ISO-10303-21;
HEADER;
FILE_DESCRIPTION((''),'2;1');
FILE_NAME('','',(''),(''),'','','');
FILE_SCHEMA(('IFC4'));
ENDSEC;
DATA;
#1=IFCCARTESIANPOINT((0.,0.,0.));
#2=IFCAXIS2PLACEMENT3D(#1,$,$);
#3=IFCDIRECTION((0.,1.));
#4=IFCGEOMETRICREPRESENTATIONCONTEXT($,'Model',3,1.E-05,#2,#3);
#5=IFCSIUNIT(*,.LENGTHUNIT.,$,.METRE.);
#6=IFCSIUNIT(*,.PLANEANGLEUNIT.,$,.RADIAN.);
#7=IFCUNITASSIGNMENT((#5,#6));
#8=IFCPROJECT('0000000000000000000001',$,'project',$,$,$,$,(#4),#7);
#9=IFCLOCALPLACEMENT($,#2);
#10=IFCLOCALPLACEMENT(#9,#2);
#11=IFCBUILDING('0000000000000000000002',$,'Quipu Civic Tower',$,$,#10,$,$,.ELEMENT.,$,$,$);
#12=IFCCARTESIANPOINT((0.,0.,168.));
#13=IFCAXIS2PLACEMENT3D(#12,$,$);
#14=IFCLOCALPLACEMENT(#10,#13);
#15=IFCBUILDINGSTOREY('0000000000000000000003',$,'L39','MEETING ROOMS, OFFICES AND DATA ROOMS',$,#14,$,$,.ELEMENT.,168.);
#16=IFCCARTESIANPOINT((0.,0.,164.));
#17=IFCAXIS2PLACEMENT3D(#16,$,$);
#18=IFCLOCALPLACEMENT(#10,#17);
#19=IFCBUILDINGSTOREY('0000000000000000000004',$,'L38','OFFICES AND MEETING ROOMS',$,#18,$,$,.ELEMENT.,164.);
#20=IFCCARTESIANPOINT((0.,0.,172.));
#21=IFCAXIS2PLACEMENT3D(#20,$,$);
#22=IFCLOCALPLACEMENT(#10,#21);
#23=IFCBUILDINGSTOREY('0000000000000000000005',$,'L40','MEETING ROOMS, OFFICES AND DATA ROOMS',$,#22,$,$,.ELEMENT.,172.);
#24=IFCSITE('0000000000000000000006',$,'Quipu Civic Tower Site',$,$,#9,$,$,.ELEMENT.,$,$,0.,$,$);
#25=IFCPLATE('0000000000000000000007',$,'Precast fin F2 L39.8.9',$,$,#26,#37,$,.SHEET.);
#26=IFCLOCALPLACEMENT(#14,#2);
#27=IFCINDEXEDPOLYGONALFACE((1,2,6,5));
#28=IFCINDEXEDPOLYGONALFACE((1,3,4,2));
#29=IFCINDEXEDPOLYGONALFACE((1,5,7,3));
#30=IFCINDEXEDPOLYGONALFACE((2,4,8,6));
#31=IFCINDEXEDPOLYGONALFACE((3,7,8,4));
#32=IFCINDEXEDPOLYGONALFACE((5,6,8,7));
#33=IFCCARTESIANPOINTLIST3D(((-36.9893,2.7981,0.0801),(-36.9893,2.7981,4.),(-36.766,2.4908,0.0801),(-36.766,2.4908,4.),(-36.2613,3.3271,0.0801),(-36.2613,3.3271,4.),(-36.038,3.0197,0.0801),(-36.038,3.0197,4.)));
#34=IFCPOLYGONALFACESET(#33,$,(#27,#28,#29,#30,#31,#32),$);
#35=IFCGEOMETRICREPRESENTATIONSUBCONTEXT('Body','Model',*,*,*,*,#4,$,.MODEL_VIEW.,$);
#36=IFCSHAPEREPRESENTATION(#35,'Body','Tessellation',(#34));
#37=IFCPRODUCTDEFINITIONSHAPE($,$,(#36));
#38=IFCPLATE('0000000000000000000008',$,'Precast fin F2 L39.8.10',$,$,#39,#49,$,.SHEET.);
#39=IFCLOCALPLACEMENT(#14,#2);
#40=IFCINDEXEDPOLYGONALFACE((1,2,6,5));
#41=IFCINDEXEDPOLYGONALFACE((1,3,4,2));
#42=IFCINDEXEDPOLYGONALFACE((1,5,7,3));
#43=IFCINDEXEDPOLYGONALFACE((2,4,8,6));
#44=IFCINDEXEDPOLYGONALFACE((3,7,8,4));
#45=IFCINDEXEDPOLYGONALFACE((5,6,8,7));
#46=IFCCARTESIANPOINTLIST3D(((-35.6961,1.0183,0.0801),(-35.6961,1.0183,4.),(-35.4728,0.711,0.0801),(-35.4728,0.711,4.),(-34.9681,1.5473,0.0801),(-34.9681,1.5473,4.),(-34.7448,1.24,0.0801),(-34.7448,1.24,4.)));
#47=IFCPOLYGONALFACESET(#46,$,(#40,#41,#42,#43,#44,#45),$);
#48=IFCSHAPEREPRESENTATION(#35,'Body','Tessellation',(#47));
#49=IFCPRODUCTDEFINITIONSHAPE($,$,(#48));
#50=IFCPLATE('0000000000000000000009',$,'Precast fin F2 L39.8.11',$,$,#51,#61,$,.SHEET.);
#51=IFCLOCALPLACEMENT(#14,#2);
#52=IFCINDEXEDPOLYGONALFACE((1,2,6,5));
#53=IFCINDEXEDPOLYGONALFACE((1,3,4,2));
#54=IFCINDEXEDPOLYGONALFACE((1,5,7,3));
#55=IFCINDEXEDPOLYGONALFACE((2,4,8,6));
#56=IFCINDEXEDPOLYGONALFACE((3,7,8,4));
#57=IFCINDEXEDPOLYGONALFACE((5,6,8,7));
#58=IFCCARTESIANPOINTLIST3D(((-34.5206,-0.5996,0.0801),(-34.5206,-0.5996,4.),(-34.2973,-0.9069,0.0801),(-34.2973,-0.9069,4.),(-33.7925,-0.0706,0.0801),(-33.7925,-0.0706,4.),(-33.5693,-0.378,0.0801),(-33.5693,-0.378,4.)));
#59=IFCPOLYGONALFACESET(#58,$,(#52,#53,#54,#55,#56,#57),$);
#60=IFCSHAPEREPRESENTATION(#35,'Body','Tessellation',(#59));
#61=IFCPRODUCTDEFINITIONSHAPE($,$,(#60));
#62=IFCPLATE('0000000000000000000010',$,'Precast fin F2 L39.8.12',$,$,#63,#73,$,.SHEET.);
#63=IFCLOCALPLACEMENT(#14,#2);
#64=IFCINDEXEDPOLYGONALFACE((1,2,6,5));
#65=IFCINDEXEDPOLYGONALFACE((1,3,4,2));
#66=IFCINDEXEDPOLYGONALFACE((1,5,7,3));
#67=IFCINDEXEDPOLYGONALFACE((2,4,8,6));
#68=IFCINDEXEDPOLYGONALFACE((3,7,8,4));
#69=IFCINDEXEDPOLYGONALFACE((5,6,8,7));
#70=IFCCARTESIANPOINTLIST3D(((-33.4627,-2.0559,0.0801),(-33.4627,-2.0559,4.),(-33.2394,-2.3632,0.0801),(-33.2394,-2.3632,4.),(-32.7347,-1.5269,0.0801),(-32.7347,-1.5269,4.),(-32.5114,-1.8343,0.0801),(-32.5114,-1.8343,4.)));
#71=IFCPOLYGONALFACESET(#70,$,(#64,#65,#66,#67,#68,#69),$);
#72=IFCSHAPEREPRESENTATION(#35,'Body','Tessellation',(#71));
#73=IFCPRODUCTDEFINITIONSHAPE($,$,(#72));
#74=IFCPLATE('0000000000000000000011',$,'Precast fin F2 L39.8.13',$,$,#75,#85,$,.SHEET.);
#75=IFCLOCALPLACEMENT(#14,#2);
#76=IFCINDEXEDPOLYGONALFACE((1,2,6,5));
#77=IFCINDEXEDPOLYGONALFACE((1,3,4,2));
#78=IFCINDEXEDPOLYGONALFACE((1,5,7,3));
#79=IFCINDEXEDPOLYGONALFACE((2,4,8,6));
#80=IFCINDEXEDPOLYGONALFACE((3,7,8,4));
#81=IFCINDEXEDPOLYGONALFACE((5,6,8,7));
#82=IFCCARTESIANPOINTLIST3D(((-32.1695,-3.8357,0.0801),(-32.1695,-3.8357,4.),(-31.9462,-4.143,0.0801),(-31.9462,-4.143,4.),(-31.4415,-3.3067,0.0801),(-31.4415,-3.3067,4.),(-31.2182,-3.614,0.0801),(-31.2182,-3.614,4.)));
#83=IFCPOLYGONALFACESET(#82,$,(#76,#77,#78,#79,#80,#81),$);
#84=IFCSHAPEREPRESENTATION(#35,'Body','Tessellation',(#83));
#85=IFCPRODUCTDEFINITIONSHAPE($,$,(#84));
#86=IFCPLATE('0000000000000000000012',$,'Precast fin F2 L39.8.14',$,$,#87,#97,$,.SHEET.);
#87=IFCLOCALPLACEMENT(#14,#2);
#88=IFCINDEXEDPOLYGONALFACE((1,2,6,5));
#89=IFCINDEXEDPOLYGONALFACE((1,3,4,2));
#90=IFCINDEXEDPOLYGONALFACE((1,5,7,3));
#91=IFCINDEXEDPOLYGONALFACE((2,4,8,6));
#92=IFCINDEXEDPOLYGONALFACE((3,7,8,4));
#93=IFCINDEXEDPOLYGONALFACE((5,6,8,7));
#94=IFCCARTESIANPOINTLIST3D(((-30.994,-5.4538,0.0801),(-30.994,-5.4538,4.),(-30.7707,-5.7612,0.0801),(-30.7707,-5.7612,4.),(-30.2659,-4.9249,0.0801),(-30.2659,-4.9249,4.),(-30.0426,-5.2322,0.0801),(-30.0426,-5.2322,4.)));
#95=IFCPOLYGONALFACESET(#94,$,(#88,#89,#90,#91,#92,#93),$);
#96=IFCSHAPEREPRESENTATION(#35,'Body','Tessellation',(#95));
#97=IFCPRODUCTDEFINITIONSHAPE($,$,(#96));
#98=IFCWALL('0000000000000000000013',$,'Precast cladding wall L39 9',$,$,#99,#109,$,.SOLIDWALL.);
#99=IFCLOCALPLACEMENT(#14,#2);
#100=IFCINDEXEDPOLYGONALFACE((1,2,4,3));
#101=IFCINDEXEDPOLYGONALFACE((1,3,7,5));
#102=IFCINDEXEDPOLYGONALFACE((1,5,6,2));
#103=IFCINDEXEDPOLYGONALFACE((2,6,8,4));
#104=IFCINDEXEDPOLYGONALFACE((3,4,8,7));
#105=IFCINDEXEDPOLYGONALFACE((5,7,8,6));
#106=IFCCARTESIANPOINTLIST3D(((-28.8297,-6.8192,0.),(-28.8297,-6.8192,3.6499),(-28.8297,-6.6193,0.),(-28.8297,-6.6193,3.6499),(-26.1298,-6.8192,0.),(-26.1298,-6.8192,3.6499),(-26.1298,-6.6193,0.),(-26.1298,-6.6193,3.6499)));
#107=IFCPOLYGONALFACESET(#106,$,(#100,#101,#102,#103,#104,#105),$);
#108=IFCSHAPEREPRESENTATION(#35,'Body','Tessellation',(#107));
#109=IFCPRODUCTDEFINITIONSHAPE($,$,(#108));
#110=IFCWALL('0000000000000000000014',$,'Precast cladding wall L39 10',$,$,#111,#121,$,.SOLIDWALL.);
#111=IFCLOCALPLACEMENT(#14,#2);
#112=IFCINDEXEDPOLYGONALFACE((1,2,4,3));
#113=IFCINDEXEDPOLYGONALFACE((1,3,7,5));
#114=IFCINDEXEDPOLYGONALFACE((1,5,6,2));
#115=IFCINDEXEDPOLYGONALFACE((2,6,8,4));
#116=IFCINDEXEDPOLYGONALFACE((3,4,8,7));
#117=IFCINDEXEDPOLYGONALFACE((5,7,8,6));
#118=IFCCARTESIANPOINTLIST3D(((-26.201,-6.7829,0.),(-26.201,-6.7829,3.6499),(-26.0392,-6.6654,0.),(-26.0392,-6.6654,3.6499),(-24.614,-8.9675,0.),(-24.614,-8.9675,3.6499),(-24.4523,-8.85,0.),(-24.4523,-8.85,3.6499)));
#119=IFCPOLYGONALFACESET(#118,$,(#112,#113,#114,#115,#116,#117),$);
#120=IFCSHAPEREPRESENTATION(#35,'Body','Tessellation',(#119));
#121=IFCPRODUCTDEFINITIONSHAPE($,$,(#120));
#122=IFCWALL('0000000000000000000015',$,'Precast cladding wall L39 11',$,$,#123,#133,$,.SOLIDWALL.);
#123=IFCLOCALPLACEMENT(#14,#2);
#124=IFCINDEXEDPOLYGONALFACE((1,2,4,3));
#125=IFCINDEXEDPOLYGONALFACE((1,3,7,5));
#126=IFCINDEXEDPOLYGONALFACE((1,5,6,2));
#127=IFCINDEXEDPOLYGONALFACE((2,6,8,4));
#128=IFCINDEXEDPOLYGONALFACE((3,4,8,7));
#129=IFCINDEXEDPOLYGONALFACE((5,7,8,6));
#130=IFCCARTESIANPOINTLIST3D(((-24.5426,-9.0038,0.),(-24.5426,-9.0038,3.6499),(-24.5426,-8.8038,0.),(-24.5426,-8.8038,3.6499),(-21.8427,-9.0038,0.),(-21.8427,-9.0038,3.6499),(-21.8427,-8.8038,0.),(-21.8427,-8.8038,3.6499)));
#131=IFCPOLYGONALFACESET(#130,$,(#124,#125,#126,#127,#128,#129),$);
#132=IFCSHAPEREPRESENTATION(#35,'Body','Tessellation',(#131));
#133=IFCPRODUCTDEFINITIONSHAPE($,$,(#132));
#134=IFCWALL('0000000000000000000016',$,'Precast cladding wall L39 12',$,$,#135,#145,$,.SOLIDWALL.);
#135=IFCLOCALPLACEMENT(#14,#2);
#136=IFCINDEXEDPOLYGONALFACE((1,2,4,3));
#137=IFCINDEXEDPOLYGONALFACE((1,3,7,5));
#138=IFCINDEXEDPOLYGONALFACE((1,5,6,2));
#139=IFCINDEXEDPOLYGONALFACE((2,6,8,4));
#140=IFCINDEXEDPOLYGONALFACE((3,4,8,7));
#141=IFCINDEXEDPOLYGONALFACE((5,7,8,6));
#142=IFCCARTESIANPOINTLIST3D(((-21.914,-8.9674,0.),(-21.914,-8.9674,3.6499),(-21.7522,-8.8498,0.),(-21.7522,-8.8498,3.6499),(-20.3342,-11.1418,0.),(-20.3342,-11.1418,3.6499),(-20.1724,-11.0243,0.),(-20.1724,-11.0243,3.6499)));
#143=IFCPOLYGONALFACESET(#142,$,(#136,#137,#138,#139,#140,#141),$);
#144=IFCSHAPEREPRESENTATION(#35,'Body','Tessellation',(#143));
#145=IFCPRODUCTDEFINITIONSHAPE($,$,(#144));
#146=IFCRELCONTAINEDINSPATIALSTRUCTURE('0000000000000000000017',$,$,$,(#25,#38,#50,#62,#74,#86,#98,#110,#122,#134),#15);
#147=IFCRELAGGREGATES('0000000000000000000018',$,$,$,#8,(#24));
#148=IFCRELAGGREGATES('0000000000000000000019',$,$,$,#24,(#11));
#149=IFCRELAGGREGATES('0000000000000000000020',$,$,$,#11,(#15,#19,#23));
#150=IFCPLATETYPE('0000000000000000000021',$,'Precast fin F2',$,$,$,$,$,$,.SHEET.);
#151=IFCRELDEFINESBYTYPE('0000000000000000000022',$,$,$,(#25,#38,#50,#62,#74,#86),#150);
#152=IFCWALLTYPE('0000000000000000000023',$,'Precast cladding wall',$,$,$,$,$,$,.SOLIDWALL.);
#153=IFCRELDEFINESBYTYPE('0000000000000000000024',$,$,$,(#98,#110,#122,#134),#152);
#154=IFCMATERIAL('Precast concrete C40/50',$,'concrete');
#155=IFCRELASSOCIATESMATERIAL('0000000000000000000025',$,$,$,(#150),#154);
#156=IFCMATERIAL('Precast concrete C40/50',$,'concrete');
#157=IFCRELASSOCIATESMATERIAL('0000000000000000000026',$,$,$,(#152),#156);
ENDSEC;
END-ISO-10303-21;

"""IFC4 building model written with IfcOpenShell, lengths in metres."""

from ifc_helpers import new_model, si_unit, direction, frame, frame_2d, origin, origin_2d, place, context, subcontext, project, spatial, rectangle, extrude, material, type_object, element, save


model = new_model("IFC4")

# Units and contexts
model_context = context("Model", 3, precision=1e-05, world=origin(), true_north=direction((0.0, 1.0)))
body_context = subcontext(model_context, "Body", "Model", "MODEL_VIEW")
ifc_project = project(units=[si_unit("LENGTHUNIT", "METRE"), si_unit("PLANEANGLEUNIT", "RADIAN")], contexts=[model_context])

# Site, building, storey
site_placement = place(None, origin())
site = spatial("IfcSite", under=ifc_project, at=site_placement, Name="Quipu Civic Tower Site", CompositionType="ELEMENT", RefElevation=0.0)
building_placement = place(site_placement, origin())
building = spatial("IfcBuilding", under=site, at=building_placement, Name="Quipu Civic Tower", CompositionType="ELEMENT")
storey_1_placement = place(building_placement, frame((0.0, 0.0, 168.0)))
storey_1 = spatial("IfcBuildingStorey", under=building, at=storey_1_placement, Name="L39", Description="MEETING ROOMS, OFFICES AND DATA ROOMS", CompositionType="ELEMENT", Elevation=168.0)

# Shared definitions
storey_2_placement = place(building_placement, frame((0.0, 0.0, 164.0)))
storey_2 = spatial("IfcBuildingStorey", under=building, at=storey_2_placement, Name="L38", Description="OFFICES AND MEETING ROOMS", CompositionType="ELEMENT", Elevation=164.0)

# Shared definitions
storey_3_placement = place(building_placement, frame((0.0, 0.0, 172.0)))
storey_3 = spatial("IfcBuildingStorey", under=building, at=storey_3_placement, Name="L40", Description="MEETING ROOMS, OFFICES AND DATA ROOMS", CompositionType="ELEMENT", Elevation=172.0)

# Plates
ifc_material_1 = material(Name="Precast concrete C40/50", Category="concrete")
plate_type_1 = type_object("IfcPlateType", Name="Precast fin F2", PredefinedType="SHEET", material=ifc_material_1)
for number, where, z_axis, x_axis, name in (
    (1, (-36.5137, 2.9089, 0.0801), (0.0, 0.0, 1.0), (0.587786, -0.809017, 0.0), "Precast fin F2 L39.8.9"),
    (2, (-35.2205, 1.1292, 0.0801), (0.0, 0.0, 1.0), (0.587786, -0.809017, 0.0), "Precast fin F2 L39.8.10"),
    (3, (-34.0449, -0.4888, 0.0801), (0.0, 0.0, 1.0), (0.587786, -0.809017, 0.0), "Precast fin F2 L39.8.11"),
    (4, (-32.9871, -1.9451, 0.0801), (0.0, 0.0, 1.0), (0.587786, -0.809017, 0.0), "Precast fin F2 L39.8.12"),
    (5, (-31.6938, -3.7249, 0.0801), (0.0, 0.0, 1.0), (0.587786, -0.809017, 0.0), "Precast fin F2 L39.8.13"),
    (6, (-30.5183, -5.343, 0.0801), (0.0, 0.0, 1.0), (0.587786, -0.809017, 0.0), "Precast fin F2 L39.8.14"),
):
    element("IfcPlate", number, at=place(storey_1_placement, frame(where, z_axis=z_axis, x_axis=x_axis)), inside=storey_1, type_object=plate_type_1, Name=name, PredefinedType="SHEET", context=body_context, shape_type="SweptSolid", body=[
        extrude(rectangle(XDim=0.3799, YDim=0.8999, at=origin_2d()), origin(), (0.0, 0.0, 1.0), 3.9199),
    ])

# Walls
ifc_material_2 = material(Name="Precast concrete C40/50", Category="concrete")
wall_type = type_object("IfcWallType", Name="Precast cladding wall", PredefinedType="SOLIDWALL", material=ifc_material_2)
wall_1_placement = place(storey_1_placement, frame((-28.8298, -6.7192, 0.0), z_axis=(0.0, 0.0, 1.0), x_axis=(1.0, 0.0, 0.0)))
element("IfcWall", 7, at=wall_1_placement, inside=storey_1, type_object=wall_type, Name="Precast cladding wall L39 9", PredefinedType="SOLIDWALL", context=body_context, shape_type="SweptSolid", body=[
    extrude(rectangle(XDim=2.7, YDim=0.2, at=frame_2d((1.3501, 0.0))), origin(), (0.0, 0.0, 1.0), 3.6499),
])
wall_2_placement = place(storey_1_placement, frame((-26.1201, -6.7241, 0.0), z_axis=(0.0, 0.0, 1.0), x_axis=(0.58772, -0.809064, 0.0)))
element("IfcWall", 8, at=wall_2_placement, inside=storey_1, type_object=wall_type, Name="Precast cladding wall L39 10", PredefinedType="SOLIDWALL", context=body_context, shape_type="SweptSolid", body=[
    extrude(rectangle(XDim=2.7002, YDim=0.2, at=frame_2d((1.3501, 0.0))), origin(), (0.0, 0.0, 1.0), 3.6499),
])
wall_3_placement = place(storey_1_placement, frame((-24.5427, -8.9038, 0.0), z_axis=(0.0, 0.0, 1.0), x_axis=(1.0, 0.0, 0.0)))
element("IfcWall", 9, at=wall_3_placement, inside=storey_1, type_object=wall_type, Name="Precast cladding wall L39 11", PredefinedType="SOLIDWALL", context=body_context, shape_type="SweptSolid", body=[
    extrude(rectangle(XDim=2.7, YDim=0.2, at=frame_2d((1.3501, 0.0))), origin(), (0.0, 0.0, 1.0), 3.6499),
])
wall_4_placement = place(storey_1_placement, frame((-21.833, -8.9087, 0.0), z_axis=(0.0, 0.0, 1.0), x_axis=(0.587767, -0.809031, 0.0)))
element("IfcWall", 10, at=wall_4_placement, inside=storey_1, type_object=wall_type, Name="Precast cladding wall L39 12", PredefinedType="SOLIDWALL", context=body_context, shape_type="SweptSolid", body=[
    extrude(rectangle(XDim=2.6877, YDim=0.2, at=frame_2d((1.3438, 0.0))), origin(), (0.0, 0.0, 1.0), 3.6499),
])

save(model, "model.ifc")
